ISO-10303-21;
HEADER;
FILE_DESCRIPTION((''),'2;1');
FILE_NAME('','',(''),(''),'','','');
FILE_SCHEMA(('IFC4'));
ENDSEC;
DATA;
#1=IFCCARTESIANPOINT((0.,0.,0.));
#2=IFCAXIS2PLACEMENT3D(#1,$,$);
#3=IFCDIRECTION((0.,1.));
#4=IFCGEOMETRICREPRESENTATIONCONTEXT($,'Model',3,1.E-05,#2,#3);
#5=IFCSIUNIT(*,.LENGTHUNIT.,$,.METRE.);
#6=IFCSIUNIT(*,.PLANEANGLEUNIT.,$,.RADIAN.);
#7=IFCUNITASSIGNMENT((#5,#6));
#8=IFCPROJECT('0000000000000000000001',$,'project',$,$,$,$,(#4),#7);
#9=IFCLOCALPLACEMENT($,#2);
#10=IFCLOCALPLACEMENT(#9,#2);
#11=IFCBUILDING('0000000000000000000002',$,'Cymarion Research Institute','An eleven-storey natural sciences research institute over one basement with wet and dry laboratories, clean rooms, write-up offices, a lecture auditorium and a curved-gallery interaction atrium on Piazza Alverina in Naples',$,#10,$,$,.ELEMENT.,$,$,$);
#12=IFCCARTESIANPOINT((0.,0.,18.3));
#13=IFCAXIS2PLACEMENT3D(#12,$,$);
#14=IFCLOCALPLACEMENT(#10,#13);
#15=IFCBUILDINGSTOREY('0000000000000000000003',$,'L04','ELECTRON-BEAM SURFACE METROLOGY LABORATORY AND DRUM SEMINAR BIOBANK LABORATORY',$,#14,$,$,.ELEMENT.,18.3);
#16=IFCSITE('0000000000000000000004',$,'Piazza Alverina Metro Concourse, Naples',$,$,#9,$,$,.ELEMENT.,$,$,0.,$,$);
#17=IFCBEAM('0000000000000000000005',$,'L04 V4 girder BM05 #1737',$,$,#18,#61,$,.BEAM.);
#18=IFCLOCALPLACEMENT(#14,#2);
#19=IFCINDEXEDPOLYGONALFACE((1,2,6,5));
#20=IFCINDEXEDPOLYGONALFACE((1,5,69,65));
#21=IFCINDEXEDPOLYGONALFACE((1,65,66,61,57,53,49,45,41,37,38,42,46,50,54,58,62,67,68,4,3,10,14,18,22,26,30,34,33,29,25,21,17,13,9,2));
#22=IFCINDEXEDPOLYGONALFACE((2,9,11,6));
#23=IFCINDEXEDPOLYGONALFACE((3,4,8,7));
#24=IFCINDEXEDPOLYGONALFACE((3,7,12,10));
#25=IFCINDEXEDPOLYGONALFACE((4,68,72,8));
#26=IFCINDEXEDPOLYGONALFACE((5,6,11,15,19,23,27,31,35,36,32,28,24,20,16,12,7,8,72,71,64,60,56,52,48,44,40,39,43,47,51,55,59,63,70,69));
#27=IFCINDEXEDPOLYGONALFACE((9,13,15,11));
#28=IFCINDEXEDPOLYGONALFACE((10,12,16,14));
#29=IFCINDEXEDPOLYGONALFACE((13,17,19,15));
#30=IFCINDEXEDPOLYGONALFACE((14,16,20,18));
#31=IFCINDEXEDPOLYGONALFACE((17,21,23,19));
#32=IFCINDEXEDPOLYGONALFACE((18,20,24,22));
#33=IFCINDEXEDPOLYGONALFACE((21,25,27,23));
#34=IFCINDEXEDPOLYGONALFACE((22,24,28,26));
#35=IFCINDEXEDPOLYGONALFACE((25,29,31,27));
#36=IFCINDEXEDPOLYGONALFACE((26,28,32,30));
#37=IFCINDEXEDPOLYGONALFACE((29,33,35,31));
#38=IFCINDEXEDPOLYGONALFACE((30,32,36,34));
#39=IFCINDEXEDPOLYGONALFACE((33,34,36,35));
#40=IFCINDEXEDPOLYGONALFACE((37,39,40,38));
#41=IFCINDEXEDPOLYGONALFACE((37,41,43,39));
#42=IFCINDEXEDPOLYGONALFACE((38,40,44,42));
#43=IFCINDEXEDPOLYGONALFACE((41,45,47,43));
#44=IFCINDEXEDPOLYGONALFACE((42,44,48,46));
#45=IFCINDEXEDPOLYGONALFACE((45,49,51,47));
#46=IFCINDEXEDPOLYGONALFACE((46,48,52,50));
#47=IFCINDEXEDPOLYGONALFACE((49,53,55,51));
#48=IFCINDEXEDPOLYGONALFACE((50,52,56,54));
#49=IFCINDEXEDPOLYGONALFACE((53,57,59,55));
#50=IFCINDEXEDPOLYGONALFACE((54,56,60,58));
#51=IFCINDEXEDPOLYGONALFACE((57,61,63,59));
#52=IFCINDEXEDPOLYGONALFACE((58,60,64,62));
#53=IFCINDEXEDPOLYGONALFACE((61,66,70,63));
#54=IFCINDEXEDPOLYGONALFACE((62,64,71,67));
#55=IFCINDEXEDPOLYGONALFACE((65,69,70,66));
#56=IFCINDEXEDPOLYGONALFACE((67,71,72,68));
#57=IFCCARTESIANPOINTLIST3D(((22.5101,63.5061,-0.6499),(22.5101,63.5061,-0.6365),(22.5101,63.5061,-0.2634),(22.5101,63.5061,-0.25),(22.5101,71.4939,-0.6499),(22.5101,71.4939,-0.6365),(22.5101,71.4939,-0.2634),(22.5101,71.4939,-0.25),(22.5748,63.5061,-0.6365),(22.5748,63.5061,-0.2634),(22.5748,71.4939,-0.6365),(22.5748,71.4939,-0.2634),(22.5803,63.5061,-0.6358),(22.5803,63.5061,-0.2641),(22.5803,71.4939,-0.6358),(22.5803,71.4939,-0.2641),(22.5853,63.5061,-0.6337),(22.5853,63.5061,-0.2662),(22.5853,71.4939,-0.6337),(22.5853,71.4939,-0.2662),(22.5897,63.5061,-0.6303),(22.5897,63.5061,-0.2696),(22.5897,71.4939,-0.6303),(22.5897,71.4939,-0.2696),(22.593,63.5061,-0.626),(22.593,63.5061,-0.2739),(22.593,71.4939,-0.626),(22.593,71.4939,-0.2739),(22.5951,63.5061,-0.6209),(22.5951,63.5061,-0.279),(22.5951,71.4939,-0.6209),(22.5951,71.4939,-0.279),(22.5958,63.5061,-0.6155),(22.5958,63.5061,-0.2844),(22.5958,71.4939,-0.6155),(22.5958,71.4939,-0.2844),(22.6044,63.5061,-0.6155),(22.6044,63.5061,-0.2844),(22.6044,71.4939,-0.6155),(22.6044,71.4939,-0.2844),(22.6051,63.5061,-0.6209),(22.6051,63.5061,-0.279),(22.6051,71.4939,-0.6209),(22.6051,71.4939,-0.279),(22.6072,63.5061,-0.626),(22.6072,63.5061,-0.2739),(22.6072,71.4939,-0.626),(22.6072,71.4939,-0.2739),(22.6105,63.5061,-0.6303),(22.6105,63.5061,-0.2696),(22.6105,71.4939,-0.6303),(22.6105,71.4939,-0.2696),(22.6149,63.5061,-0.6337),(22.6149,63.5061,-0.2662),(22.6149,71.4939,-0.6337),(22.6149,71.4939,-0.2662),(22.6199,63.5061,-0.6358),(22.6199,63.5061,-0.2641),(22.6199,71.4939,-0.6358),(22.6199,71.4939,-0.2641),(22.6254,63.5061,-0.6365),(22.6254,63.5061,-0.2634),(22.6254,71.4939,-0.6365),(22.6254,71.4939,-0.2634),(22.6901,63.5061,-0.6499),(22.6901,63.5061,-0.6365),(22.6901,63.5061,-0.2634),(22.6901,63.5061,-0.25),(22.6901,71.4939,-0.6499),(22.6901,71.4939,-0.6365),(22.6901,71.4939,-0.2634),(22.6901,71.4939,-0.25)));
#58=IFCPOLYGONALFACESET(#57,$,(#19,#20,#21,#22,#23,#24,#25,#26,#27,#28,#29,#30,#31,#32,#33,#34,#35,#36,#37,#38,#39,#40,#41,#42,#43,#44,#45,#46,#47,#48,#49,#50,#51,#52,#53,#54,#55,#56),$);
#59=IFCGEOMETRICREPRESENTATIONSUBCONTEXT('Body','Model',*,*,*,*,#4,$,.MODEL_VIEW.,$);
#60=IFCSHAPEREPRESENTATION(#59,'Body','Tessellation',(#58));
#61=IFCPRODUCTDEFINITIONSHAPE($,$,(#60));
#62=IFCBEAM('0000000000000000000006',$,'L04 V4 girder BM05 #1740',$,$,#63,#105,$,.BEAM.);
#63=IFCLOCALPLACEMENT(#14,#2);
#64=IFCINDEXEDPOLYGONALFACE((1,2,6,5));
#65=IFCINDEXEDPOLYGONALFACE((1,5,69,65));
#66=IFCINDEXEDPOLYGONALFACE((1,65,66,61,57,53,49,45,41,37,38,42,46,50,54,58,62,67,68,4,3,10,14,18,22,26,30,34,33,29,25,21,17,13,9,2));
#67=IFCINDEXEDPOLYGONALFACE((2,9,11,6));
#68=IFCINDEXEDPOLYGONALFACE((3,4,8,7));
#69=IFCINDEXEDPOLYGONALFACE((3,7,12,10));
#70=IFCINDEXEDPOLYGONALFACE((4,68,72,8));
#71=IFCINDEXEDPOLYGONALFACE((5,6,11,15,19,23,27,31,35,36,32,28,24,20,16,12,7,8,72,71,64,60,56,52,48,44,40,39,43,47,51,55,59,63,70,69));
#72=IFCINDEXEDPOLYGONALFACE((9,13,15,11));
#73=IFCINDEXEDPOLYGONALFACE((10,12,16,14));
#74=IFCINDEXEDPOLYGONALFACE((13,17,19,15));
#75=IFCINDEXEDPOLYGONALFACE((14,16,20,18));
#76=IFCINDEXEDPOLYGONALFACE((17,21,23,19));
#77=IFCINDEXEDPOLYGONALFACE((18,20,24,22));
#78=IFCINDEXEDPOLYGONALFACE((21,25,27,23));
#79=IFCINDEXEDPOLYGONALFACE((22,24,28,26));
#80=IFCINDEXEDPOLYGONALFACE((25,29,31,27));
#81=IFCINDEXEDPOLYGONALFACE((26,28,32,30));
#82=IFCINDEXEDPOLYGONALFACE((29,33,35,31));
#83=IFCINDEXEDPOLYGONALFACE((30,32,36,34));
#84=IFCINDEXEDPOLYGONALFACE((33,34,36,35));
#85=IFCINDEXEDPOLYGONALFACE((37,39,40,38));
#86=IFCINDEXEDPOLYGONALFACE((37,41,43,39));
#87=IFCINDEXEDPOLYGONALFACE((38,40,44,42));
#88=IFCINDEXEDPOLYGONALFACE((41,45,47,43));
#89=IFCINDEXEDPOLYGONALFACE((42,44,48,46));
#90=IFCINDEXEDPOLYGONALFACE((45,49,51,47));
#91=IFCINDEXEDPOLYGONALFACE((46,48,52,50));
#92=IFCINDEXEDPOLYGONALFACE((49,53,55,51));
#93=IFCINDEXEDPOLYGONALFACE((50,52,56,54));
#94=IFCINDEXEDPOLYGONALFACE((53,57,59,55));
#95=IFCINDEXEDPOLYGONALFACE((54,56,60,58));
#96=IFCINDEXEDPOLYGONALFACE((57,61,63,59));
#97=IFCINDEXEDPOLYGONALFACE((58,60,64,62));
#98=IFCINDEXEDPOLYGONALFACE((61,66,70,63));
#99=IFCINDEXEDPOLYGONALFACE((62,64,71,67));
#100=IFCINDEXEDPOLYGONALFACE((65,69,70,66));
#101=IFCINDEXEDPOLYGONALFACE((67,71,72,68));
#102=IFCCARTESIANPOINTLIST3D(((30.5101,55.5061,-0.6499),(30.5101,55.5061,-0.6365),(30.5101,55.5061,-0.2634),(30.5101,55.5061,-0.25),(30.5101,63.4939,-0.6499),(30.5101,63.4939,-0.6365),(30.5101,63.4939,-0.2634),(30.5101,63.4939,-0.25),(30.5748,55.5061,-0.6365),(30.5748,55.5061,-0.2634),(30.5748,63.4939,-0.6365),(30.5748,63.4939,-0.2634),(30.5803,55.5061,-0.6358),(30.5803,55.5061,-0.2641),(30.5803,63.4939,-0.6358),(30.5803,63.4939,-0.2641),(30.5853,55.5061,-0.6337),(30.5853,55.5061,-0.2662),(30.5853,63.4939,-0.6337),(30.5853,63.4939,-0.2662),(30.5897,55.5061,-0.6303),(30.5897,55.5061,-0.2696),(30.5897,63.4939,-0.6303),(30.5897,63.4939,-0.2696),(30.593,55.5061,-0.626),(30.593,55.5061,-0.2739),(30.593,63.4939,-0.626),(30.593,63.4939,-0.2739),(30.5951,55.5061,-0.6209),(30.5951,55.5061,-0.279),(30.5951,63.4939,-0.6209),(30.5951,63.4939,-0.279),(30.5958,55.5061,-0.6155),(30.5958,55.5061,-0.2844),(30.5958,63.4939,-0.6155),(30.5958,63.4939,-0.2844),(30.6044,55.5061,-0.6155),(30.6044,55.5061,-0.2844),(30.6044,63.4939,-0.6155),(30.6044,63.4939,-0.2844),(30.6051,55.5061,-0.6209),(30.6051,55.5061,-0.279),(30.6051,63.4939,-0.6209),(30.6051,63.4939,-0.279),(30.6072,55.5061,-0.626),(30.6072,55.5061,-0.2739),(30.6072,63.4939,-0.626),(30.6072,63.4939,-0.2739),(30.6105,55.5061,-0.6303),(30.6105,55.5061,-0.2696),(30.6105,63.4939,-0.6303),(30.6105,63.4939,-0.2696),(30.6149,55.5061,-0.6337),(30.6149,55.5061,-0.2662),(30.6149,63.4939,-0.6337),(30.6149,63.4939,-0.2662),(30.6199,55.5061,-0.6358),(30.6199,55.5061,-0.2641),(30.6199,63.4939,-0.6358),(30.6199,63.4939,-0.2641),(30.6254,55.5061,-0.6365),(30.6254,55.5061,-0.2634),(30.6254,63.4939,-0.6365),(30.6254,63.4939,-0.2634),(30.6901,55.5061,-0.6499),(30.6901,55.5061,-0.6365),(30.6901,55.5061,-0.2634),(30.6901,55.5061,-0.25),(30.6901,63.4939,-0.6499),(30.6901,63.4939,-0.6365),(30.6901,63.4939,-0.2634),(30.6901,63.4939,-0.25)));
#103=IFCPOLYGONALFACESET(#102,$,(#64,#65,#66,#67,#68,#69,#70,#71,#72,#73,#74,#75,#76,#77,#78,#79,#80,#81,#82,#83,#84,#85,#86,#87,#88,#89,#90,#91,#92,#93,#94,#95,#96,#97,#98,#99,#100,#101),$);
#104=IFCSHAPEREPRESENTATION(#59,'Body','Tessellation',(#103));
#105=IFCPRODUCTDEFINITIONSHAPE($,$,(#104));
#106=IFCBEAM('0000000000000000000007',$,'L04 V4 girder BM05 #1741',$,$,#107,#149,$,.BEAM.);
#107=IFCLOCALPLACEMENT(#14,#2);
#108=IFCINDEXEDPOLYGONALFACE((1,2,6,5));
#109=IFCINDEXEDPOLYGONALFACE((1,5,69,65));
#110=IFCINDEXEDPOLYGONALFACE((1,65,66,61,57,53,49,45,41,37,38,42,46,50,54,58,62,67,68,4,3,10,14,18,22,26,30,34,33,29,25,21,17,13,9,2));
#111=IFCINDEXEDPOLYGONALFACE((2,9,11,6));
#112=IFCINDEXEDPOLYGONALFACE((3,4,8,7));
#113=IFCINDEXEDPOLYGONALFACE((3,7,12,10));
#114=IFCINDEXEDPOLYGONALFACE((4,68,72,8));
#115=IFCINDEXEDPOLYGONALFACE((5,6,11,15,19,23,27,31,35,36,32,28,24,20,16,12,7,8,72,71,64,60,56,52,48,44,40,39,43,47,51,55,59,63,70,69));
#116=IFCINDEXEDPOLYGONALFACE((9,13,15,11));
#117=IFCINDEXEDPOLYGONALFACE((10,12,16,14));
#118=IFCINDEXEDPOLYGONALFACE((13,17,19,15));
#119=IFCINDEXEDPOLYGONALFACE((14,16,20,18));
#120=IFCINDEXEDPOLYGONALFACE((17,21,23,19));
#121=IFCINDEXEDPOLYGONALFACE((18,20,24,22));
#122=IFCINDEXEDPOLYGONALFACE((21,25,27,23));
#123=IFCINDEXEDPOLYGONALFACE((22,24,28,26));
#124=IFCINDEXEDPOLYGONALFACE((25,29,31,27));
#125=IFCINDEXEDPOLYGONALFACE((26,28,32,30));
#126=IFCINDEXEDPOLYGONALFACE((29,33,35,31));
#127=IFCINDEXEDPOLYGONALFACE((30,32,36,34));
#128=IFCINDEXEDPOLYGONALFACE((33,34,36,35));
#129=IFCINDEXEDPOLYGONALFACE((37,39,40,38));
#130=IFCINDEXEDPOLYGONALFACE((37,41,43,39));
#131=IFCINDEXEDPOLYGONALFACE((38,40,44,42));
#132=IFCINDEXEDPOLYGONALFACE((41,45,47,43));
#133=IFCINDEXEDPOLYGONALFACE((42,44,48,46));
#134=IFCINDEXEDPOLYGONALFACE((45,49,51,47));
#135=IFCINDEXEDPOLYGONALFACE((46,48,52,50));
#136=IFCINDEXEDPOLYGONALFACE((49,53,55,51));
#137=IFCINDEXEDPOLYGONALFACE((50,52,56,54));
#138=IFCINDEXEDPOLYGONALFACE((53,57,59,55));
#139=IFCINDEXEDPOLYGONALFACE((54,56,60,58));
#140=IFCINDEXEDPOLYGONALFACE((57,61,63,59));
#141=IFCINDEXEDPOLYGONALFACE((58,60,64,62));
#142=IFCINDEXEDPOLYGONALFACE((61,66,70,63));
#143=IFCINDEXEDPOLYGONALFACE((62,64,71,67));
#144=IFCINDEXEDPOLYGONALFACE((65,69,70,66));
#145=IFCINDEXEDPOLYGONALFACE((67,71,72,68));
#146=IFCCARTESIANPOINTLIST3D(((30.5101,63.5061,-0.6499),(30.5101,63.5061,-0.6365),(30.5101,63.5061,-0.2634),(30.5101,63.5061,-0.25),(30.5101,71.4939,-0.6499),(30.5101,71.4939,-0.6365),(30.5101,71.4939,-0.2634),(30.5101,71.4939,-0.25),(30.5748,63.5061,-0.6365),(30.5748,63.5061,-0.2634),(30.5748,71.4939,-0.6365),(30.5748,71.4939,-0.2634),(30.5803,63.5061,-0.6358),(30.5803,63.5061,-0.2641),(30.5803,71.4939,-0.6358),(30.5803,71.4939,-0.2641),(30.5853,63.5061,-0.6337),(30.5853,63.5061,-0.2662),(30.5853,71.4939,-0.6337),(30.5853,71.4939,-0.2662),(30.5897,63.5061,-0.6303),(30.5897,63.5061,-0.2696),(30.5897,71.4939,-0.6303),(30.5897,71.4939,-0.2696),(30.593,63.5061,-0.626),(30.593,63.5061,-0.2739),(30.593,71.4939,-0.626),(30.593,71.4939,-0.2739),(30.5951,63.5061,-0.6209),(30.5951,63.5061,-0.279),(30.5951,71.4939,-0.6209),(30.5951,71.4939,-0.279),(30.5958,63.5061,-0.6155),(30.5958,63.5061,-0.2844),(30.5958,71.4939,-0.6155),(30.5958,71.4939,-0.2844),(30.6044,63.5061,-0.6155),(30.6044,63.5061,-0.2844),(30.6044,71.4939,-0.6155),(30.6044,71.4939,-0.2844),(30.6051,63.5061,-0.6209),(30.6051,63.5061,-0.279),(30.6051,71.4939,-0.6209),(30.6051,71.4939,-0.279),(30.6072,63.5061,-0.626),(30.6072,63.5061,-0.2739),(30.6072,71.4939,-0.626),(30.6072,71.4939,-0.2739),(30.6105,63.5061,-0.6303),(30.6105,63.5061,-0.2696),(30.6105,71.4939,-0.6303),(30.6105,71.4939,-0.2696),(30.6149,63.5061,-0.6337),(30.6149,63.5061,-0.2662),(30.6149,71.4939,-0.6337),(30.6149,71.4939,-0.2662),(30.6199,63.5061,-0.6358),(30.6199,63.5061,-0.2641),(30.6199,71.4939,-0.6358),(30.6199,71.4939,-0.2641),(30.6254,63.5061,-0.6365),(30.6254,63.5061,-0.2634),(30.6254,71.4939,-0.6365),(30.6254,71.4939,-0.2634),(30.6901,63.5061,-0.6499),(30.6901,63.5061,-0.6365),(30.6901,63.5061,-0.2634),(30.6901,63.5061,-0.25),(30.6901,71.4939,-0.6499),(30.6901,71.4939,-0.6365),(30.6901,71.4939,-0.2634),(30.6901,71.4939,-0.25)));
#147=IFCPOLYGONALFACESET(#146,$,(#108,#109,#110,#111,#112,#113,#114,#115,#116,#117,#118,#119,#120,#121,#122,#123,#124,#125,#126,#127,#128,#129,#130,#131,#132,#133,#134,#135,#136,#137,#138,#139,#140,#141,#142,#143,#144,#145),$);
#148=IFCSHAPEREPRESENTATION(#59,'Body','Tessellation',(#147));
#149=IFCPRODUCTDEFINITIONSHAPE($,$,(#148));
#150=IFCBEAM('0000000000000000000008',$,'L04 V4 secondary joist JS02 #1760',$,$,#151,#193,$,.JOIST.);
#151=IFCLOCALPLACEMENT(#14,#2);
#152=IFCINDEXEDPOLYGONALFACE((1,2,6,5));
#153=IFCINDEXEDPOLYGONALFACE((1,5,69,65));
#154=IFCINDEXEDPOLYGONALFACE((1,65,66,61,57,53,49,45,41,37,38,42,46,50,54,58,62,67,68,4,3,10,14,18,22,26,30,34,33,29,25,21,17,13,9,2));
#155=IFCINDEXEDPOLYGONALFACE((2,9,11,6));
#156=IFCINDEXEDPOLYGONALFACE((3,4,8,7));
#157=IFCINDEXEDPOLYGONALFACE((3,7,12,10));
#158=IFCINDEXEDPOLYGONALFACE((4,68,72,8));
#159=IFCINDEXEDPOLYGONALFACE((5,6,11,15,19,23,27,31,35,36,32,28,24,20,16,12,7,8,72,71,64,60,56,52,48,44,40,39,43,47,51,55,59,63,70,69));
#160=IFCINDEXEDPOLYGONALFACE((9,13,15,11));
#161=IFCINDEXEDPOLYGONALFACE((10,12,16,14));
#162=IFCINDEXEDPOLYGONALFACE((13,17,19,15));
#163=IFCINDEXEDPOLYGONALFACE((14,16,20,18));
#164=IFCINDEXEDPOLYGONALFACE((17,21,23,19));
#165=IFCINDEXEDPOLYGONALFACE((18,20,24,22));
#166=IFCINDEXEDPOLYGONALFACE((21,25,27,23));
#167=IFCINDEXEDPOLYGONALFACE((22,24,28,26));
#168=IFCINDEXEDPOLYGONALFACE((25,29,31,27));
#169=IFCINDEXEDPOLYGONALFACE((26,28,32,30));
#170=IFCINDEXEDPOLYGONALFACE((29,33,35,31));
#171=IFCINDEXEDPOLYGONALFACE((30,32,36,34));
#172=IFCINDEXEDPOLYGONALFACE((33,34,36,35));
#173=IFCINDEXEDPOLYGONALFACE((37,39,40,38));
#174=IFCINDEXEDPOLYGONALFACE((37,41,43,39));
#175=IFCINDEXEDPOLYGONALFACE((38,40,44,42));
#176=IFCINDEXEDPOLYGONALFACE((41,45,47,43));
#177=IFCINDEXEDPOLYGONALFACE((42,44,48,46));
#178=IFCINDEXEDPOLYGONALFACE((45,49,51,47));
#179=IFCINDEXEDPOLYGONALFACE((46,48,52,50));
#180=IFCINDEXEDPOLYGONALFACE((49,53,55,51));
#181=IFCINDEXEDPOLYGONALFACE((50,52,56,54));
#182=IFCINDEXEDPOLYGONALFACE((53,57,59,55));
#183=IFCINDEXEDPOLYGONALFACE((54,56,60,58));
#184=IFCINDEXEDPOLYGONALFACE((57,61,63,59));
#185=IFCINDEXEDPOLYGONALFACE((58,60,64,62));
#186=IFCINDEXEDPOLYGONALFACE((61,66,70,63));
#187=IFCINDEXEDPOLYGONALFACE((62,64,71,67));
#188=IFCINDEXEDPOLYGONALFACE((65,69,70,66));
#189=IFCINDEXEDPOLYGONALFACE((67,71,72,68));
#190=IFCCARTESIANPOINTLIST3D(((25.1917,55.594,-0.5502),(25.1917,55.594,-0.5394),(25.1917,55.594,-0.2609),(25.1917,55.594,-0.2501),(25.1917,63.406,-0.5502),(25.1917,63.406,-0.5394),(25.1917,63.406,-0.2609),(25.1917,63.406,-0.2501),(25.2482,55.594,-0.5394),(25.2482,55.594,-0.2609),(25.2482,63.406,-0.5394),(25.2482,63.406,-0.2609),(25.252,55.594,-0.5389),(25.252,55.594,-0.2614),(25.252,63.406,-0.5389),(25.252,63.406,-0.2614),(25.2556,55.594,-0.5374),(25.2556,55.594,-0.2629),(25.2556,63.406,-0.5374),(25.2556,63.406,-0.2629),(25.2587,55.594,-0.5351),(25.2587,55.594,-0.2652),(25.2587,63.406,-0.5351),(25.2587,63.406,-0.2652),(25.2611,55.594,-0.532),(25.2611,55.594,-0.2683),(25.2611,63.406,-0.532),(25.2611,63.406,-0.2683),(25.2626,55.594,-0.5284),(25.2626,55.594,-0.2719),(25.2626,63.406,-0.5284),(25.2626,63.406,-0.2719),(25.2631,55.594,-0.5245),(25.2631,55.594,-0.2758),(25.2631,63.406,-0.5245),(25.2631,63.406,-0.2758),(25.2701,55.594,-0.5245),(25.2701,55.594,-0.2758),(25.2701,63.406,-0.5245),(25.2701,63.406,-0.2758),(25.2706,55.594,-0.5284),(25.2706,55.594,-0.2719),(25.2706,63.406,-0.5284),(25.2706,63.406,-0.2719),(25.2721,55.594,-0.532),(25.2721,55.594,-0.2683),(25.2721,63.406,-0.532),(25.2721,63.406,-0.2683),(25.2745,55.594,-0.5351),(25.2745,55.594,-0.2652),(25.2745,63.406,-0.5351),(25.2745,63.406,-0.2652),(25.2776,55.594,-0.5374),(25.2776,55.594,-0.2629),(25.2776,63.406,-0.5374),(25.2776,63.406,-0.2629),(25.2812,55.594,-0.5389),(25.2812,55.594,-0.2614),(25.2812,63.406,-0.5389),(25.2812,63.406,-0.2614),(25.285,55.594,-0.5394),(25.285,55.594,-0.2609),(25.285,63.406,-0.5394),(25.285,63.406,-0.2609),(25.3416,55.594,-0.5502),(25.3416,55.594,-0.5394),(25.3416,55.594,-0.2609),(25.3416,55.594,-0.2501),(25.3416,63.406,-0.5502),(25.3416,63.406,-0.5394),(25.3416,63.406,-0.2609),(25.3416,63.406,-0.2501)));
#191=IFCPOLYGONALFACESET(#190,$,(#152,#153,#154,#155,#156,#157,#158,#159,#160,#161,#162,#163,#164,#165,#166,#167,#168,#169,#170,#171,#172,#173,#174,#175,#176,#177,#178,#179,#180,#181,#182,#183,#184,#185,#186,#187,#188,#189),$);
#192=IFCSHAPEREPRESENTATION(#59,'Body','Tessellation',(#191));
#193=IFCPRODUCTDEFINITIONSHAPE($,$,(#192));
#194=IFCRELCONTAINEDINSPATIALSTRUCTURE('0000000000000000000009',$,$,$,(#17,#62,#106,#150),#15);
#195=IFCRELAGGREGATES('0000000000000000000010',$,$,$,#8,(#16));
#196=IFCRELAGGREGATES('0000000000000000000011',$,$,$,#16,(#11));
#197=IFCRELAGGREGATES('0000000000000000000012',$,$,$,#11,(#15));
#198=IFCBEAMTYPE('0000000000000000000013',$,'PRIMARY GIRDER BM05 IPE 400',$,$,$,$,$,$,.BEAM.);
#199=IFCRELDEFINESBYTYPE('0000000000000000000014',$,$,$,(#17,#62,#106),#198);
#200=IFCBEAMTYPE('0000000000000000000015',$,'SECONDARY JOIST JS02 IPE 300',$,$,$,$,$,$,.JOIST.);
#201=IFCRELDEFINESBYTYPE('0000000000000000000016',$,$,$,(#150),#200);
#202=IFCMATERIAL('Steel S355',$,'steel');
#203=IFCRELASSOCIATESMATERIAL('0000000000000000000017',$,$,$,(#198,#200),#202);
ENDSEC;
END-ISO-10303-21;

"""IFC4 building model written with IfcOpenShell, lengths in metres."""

from ifc_helpers import new_model, si_unit, direction, frame, origin, origin_2d, place, context, subcontext, project, spatial, i_section, extrude, material, material_profile, profile_set, type_object, element, save


model = new_model("IFC4")

# Units and contexts
model_context = context("Model", 3, precision=1e-05, world=origin(), true_north=direction((0.0, 1.0)))
body_context = subcontext(model_context, "Body", "Model", "MODEL_VIEW")
ifc_project = project(units=[si_unit("LENGTHUNIT", "METRE"), si_unit("PLANEANGLEUNIT", "RADIAN")], contexts=[model_context])

# Site, building, storey
site_placement = place(None, origin())
site = spatial("IfcSite", under=ifc_project, at=site_placement, Name="Piazza Alverina Metro Concourse, Naples", CompositionType="ELEMENT", RefElevation=0.0)
building_placement = place(site_placement, origin())
building = spatial("IfcBuilding", under=site, at=building_placement, Name="Cymarion Research Institute", Description="An eleven-storey natural sciences research institute over one basement with wet and dry laboratories, clean rooms, write-up offices, a lecture auditorium and a curved-gallery interaction atrium on Piazza Alverina in Naples", CompositionType="ELEMENT")
storey_placement = place(building_placement, frame((0.0, 0.0, 18.3)))
storey = spatial("IfcBuildingStorey", under=building, at=storey_placement, Name="L04", Description="ELECTRON-BEAM SURFACE METROLOGY LABORATORY AND DRUM SEMINAR BIOBANK LABORATORY", CompositionType="ELEMENT", Elevation=18.3)

# Shared definitions
ifc_material_1 = material(Name="Steel S355", Category="steel")

# Beams
ifc_material_profile_1 = material_profile(ifc_material_1, i_section(OverallWidth=0.1799, OverallDepth=0.3999, WebThickness=0.0085, FlangeThickness=0.0134, FilletRadius=0.021, at=origin_2d()), Name="IPE 400")
ifc_profile_set_1 = profile_set([ifc_material_profile_1], Name="Steel S355")
beam_type_1 = type_object("IfcBeamType", Name="PRIMARY GIRDER BM05 IPE 400", PredefinedType="BEAM", material=ifc_profile_set_1)
for number, where, z_axis, x_axis, name in (
    (1, (22.6001, 63.5061, -0.45), (0.0, 1.0, 0.0), (-1.0, 0.0, 0.0), "L04 V4 girder BM05 #1737"),
    (2, (30.6001, 55.5061, -0.45), (0.0, 1.0, 0.0), (-1.0, 0.0, 0.0), "L04 V4 girder BM05 #1740"),
    (3, (30.6001, 63.5061, -0.45), (0.0, 1.0, 0.0), (-1.0, 0.0, 0.0), "L04 V4 girder BM05 #1741"),
):
    element("IfcBeam", number, at=place(storey_placement, frame(where, z_axis=z_axis, x_axis=x_axis)), inside=storey, type_object=beam_type_1, Name=name, PredefinedType="BEAM", context=body_context, shape_type="SweptSolid", body=[
        extrude(i_section(OverallWidth=0.1799, OverallDepth=0.3999, WebThickness=0.0085, FlangeThickness=0.0134, FilletRadius=0.021, at=origin_2d()), origin(), (0.0, 0.0, 1.0), 7.9878),
    ])
ifc_material_profile_2 = material_profile(ifc_material_1, i_section(OverallWidth=0.1499, OverallDepth=0.3, WebThickness=0.0071, FlangeThickness=0.0107, FilletRadius=0.0149, at=origin_2d()), Name="IPE 300")
ifc_profile_set_2 = profile_set([ifc_material_profile_2], Name="Steel S355")
beam_type_2 = type_object("IfcBeamType", Name="SECONDARY JOIST JS02 IPE 300", PredefinedType="JOIST", material=ifc_profile_set_2)
for number, where, z_axis, x_axis, name in (
    (4, (25.2666, 55.594, -0.4001), (0.0, 1.0, 0.0), (-1.0, 0.0, 0.0), "L04 V4 secondary joist JS02 #1760"),
):
    element("IfcBeam", number, at=place(storey_placement, frame(where, z_axis=z_axis, x_axis=x_axis)), inside=storey, type_object=beam_type_2, Name=name, PredefinedType="JOIST", context=body_context, shape_type="SweptSolid", body=[
        extrude(i_section(OverallWidth=0.1499, OverallDepth=0.3, WebThickness=0.0071, FlangeThickness=0.0107, FilletRadius=0.0149, at=origin_2d()), origin(), (0.0, 0.0, 1.0), 7.812),
    ])

save(model, "model.ifc")
